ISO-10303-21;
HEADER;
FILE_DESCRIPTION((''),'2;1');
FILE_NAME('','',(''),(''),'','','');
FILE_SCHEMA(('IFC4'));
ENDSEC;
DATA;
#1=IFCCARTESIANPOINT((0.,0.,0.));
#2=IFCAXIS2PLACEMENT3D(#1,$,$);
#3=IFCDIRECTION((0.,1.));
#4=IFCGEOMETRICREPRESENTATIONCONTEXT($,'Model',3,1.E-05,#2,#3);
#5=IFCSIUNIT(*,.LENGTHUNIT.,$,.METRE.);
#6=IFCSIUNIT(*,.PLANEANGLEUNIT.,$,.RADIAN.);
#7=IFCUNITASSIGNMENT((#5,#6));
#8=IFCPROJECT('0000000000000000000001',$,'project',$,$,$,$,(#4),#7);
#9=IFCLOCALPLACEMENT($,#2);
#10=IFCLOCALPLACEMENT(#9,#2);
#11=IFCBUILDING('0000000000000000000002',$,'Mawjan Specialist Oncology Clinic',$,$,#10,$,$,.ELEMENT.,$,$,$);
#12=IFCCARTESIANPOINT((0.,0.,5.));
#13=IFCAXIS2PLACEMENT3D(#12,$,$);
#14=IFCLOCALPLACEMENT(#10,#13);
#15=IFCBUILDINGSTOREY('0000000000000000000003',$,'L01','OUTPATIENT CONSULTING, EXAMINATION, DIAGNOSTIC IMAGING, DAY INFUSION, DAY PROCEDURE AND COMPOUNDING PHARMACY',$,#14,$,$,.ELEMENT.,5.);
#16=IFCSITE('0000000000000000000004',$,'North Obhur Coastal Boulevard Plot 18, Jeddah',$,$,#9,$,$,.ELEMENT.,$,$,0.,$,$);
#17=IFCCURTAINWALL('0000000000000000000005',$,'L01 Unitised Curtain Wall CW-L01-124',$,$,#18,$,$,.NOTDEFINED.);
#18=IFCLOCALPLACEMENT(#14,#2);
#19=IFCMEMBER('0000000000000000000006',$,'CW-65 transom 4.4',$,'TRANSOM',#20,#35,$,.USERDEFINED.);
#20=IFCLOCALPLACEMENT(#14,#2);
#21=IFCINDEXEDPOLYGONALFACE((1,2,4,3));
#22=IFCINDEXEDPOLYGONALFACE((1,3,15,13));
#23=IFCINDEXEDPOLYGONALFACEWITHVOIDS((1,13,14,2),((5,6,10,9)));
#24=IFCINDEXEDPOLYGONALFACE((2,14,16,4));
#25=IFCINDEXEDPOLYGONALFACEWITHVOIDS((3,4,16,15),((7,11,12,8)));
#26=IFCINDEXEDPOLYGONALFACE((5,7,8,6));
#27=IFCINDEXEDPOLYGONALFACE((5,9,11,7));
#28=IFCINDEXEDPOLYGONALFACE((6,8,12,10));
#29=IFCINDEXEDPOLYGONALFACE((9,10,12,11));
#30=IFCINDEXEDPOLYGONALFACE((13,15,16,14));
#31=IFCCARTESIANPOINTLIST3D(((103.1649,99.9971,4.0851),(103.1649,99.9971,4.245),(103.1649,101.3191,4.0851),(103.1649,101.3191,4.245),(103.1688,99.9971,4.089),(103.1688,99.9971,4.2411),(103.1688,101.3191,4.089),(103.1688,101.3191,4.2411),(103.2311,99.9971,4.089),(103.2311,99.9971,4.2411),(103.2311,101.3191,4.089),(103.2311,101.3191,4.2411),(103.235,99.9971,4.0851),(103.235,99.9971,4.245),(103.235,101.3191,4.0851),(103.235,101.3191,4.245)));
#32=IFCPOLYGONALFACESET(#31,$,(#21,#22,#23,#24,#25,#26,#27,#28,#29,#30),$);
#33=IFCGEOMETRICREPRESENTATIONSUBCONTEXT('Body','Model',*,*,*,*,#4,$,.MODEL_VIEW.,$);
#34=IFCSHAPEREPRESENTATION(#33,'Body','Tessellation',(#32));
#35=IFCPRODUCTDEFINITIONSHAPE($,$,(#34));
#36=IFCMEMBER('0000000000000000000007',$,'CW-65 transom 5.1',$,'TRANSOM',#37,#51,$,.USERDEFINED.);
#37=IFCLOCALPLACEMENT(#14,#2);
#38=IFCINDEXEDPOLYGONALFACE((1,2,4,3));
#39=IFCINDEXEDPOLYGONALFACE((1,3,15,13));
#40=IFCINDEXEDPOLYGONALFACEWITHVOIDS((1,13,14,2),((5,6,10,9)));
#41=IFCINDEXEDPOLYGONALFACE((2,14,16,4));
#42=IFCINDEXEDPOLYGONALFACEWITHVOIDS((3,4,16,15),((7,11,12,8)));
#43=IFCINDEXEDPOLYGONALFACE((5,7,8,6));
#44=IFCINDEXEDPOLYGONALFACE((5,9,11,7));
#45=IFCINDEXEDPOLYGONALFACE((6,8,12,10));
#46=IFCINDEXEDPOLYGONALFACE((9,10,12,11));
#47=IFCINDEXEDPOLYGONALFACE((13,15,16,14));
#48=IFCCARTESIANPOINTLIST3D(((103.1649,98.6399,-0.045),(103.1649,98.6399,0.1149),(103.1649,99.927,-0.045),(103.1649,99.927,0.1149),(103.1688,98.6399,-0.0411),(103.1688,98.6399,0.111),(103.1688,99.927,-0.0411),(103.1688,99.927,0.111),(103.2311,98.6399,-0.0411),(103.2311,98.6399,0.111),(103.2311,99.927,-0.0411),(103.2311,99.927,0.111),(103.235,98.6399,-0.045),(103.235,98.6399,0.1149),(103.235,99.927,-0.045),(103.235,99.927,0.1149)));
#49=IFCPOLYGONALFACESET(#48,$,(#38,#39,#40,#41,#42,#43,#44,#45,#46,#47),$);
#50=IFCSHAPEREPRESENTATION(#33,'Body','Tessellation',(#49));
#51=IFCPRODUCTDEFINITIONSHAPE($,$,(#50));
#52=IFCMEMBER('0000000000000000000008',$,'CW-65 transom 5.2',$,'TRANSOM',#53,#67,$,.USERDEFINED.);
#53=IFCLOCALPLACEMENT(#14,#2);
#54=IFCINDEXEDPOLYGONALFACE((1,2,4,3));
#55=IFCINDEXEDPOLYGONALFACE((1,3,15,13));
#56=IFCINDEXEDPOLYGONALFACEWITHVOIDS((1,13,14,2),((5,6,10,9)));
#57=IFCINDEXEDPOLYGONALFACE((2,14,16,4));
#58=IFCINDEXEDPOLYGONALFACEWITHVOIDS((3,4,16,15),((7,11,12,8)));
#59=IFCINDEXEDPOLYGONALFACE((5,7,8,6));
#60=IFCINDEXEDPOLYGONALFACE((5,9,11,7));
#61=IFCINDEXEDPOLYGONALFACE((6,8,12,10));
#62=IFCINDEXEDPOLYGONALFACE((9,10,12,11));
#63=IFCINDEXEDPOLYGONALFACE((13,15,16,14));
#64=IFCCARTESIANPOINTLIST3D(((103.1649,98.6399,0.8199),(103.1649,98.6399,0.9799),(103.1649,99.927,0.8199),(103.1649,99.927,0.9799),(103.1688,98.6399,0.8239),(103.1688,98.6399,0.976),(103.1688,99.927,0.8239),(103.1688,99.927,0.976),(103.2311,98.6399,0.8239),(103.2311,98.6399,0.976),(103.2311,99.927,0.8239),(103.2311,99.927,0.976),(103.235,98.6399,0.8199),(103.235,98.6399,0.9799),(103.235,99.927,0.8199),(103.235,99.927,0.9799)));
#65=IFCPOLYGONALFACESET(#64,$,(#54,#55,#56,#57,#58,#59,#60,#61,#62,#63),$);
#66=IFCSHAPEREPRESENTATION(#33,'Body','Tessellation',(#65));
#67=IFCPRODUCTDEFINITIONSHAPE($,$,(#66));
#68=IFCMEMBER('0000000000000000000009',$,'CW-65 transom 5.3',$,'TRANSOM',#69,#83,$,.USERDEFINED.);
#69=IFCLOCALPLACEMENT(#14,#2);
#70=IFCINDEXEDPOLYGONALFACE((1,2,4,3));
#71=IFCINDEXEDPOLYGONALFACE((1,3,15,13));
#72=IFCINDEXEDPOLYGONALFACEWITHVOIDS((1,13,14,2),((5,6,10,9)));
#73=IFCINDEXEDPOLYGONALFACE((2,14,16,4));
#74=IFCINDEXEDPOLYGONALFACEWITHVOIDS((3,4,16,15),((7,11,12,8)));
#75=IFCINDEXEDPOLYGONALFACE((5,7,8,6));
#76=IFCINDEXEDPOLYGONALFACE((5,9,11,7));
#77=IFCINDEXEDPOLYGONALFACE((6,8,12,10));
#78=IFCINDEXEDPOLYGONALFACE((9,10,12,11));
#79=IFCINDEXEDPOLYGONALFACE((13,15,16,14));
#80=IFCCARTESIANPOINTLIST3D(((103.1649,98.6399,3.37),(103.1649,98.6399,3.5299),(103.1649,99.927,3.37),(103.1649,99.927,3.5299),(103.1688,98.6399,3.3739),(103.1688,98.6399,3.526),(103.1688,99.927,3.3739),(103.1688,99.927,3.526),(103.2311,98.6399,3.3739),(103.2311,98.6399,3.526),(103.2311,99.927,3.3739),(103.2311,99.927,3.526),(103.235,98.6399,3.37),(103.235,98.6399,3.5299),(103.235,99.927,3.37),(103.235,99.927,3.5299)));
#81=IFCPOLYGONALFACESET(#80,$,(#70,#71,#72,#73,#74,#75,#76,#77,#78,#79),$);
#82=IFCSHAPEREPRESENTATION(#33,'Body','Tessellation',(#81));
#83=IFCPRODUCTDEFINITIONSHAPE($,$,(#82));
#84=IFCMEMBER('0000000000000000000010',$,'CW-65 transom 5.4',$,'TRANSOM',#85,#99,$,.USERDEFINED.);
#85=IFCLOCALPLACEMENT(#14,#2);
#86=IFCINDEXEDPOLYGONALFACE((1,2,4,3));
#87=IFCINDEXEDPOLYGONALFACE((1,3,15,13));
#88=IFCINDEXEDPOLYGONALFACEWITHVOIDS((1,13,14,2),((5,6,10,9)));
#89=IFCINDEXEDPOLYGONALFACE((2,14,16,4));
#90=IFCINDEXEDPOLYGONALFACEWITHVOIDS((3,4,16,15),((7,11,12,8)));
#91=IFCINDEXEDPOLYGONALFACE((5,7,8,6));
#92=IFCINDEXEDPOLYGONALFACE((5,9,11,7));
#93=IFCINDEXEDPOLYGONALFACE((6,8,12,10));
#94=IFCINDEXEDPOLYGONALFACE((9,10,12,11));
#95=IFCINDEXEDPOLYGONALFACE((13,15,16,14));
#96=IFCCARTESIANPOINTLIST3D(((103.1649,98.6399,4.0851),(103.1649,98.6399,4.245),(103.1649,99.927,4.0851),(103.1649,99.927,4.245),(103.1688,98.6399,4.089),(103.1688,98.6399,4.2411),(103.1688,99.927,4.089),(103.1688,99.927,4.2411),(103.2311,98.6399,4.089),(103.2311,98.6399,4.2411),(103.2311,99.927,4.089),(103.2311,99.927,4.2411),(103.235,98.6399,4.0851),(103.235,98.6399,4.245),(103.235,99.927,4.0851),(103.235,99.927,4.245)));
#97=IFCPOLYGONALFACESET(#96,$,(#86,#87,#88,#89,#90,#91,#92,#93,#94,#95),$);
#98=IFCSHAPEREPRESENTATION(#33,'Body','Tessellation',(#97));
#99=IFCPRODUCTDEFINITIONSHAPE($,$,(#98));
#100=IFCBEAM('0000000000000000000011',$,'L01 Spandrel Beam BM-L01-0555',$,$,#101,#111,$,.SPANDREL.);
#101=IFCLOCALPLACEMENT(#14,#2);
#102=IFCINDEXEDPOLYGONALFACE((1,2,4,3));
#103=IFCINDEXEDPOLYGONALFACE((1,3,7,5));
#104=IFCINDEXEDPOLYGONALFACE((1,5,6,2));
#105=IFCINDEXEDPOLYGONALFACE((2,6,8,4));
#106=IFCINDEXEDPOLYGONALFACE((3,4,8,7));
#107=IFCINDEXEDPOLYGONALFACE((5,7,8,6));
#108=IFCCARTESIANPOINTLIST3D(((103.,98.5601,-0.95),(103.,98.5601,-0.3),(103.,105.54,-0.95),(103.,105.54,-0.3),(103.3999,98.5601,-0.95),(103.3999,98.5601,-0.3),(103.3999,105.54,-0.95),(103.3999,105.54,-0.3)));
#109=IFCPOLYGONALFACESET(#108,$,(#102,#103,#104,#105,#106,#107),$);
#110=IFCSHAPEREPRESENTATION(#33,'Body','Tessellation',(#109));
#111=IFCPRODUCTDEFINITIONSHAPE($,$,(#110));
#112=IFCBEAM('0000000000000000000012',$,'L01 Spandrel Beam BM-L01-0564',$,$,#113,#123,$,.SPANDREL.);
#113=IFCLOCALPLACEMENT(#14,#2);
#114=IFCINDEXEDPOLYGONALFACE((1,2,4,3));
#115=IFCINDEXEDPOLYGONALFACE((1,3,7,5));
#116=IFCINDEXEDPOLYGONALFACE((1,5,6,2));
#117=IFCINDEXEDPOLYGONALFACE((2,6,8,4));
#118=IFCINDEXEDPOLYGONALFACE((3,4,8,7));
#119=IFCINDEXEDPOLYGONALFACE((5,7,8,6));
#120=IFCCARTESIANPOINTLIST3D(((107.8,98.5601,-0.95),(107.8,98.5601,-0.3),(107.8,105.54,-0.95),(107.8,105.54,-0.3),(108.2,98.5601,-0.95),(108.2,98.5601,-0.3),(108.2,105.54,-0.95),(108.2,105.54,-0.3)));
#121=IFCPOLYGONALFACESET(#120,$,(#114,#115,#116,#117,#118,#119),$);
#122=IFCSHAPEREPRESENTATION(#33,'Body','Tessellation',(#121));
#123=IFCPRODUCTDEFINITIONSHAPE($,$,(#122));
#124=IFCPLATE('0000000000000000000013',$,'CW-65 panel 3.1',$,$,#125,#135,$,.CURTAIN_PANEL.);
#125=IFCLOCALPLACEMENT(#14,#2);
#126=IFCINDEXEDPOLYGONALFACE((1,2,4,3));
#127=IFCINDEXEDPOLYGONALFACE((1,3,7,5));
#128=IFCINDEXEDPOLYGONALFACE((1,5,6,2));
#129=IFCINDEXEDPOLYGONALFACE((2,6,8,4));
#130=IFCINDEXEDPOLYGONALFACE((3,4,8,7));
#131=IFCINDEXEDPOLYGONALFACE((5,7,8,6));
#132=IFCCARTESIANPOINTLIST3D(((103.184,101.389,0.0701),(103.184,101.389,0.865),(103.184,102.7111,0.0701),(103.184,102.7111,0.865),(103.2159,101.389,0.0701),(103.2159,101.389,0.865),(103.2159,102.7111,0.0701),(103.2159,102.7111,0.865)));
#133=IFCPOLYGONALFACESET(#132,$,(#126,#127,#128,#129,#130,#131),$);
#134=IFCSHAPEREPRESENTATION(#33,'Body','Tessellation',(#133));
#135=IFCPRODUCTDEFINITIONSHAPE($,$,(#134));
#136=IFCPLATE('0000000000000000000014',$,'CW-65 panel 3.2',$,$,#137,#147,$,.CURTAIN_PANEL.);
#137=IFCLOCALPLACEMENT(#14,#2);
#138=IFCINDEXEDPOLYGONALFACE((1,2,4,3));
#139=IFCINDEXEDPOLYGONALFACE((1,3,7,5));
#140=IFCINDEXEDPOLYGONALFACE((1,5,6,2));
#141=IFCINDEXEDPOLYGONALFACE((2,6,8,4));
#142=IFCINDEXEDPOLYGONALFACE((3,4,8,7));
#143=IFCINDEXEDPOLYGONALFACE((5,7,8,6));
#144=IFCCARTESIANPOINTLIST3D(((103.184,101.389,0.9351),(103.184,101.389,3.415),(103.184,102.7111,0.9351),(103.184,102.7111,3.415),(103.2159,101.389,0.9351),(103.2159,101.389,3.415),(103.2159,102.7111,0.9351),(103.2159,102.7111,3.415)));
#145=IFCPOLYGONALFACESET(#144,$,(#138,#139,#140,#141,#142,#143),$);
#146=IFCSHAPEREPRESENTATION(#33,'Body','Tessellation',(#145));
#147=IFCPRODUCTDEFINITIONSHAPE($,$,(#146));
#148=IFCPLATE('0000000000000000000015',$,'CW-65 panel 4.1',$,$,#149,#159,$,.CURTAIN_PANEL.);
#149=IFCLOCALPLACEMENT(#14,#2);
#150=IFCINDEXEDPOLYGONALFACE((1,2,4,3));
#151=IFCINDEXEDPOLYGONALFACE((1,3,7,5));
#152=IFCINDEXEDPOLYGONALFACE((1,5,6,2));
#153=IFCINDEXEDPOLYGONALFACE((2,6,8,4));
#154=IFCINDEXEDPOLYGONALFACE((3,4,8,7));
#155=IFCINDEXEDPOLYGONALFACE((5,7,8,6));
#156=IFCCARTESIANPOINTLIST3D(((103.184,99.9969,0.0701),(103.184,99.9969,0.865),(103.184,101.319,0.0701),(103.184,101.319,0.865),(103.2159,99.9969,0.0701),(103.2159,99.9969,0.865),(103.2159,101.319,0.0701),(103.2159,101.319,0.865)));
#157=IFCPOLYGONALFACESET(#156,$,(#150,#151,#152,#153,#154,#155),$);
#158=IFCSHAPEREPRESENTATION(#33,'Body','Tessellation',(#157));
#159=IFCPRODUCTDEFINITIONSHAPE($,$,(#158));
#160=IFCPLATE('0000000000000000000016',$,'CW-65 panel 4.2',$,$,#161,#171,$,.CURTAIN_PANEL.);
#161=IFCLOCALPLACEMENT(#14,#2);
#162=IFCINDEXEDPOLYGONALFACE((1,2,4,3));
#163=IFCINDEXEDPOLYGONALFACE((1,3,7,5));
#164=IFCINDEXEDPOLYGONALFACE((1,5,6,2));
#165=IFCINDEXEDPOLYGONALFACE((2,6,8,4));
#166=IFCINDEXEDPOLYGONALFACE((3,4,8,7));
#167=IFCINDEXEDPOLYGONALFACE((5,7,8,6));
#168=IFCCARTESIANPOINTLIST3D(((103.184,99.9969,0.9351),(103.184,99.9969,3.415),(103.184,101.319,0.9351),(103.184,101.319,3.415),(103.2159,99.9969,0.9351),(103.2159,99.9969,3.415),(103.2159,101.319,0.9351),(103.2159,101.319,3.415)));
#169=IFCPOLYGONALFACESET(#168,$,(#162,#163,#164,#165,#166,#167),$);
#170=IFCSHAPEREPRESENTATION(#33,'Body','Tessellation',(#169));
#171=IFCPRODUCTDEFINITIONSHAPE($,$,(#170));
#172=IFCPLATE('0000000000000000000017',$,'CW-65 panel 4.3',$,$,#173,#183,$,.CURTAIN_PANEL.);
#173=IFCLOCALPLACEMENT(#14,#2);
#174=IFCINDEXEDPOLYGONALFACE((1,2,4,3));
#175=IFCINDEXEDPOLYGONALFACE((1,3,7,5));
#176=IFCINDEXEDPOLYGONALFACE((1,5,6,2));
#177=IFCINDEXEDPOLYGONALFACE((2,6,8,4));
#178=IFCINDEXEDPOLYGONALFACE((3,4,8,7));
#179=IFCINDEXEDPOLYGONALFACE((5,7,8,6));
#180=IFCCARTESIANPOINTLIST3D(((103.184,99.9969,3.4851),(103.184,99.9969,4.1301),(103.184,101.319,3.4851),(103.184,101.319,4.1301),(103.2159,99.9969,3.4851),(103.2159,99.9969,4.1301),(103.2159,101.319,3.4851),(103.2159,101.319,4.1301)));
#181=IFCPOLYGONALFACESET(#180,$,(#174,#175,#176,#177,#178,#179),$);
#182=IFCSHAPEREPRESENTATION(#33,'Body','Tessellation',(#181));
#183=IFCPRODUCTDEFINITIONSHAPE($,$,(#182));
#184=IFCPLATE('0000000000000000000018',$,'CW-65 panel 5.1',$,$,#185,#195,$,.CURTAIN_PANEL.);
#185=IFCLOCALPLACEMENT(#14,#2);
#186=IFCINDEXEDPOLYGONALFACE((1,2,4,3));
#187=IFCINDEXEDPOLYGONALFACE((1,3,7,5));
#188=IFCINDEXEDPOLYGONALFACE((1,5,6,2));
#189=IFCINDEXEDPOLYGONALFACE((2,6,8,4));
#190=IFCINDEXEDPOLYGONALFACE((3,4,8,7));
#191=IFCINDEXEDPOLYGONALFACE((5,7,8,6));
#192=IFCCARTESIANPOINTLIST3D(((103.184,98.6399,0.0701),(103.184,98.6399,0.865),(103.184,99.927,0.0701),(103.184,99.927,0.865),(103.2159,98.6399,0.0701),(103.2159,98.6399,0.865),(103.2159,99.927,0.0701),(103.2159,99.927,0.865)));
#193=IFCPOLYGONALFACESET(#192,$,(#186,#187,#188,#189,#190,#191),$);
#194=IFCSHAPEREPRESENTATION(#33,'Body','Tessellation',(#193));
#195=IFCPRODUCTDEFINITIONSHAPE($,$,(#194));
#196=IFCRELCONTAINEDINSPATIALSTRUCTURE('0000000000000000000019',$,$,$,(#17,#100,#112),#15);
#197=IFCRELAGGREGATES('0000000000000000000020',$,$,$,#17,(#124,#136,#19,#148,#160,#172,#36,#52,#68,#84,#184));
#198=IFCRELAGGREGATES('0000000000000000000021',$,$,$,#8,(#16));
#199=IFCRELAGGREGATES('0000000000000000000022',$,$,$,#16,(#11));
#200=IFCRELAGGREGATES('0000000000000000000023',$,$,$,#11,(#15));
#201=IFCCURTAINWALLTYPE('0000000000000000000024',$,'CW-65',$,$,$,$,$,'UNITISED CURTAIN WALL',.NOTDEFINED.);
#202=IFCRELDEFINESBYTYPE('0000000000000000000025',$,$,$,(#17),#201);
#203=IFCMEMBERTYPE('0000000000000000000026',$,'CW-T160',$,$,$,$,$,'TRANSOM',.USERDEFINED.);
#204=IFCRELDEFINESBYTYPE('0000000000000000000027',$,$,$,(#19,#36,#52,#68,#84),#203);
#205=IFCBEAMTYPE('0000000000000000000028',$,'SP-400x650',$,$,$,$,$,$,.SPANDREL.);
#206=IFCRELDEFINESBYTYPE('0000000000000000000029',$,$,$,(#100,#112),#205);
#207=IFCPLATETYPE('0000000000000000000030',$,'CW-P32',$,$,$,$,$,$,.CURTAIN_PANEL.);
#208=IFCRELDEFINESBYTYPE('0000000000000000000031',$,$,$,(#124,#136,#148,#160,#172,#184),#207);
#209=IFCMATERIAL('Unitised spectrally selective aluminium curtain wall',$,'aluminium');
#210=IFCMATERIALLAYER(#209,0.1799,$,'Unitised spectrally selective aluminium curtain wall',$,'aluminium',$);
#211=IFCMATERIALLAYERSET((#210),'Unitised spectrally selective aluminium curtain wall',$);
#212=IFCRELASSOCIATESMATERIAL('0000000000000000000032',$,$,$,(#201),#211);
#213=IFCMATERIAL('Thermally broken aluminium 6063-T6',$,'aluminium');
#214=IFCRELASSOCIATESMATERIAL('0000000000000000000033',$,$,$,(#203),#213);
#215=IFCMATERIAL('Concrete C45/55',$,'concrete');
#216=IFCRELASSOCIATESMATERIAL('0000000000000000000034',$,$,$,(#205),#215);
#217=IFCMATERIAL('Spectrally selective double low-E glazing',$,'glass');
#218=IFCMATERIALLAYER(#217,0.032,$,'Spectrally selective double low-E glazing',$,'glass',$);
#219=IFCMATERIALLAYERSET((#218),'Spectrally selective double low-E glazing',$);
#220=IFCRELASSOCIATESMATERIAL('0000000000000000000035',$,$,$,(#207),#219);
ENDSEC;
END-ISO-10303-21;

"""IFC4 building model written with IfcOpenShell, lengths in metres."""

from ifc_helpers import new_model, si_unit, direction, frame, origin, origin_2d, place, context, subcontext, project, spatial, rectangle, hollow_rectangle, extrude, material, layer, layer_set, material_profile, profile_set, type_object, element, aggregate, save


model = new_model("IFC4")

# Units and contexts
model_context = context("Model", 3, precision=1e-05, world=origin(), true_north=direction((0.0, 1.0)))
body_context = subcontext(model_context, "Body", "Model", "MODEL_VIEW")
ifc_project = project(units=[si_unit("LENGTHUNIT", "METRE"), si_unit("PLANEANGLEUNIT", "RADIAN")], contexts=[model_context])

# Site, building, storey
site_placement = place(None, origin())
site = spatial("IfcSite", under=ifc_project, at=site_placement, Name="North Obhur Coastal Boulevard Plot 18, Jeddah", CompositionType="ELEMENT", RefElevation=0.0)
building_placement = place(site_placement, origin())
building = spatial("IfcBuilding", under=site, at=building_placement, Name="Mawjan Specialist Oncology Clinic", CompositionType="ELEMENT")
storey_placement = place(building_placement, frame((0.0, 0.0, 5.0)))
storey = spatial("IfcBuildingStorey", under=building, at=storey_placement, Name="L01", Description="OUTPATIENT CONSULTING, EXAMINATION, DIAGNOSTIC IMAGING, DAY INFUSION, DAY PROCEDURE AND COMPOUNDING PHARMACY", CompositionType="ELEMENT", Elevation=5.0)

# Curtain wall, members
ifc_material_1 = material(Name="Unitised spectrally selective aluminium curtain wall", Category="aluminium")
ifc_layer_1 = layer(ifc_material_1, 0.1799, Name="Unitised spectrally selective aluminium curtain wall", Category="aluminium")
ifc_layer_set_1 = layer_set([ifc_layer_1], Name="Unitised spectrally selective aluminium curtain wall")
curtain_wall_type = type_object("IfcCurtainWallType", Name="CW-65", ElementType="UNITISED CURTAIN WALL", PredefinedType="NOTDEFINED", material=ifc_layer_set_1)
curtain_wall_placement = place(storey_placement, origin())
curtain_wall = element("IfcCurtainWall", 1, at=curtain_wall_placement, inside=storey, type_object=curtain_wall_type, Name="L01 Unitised Curtain Wall CW-L01-124", PredefinedType="NOTDEFINED")
ifc_material_2 = material(Name="Thermally broken aluminium 6063-T6", Category="aluminium")
ifc_material_profile_1 = material_profile(ifc_material_2, hollow_rectangle(XDim=0.0701, YDim=0.1599, WallThickness=0.0039, at=origin_2d()), Name="ALU TRANSOM 160x70x4", Category="aluminium")
ifc_profile_set_1 = profile_set([ifc_material_profile_1], Name="Thermally broken aluminium 6063-T6")
member_type_1 = type_object("IfcMemberType", Name="CW-T160", ElementType="TRANSOM", PredefinedType="USERDEFINED", material=ifc_profile_set_1)
member_1_placement = place(storey_placement, frame((103.2, 101.3191, 4.165), z_axis=(0.0, -1.0, 0.0), x_axis=(1.0, 0.0, 0.0)))
member_1 = element("IfcMember", 2, at=member_1_placement, type_object=member_type_1, Name="CW-65 transom 4.4", ObjectType="TRANSOM", PredefinedType="USERDEFINED", context=body_context, shape_type="SweptSolid", body=[
    extrude(hollow_rectangle(XDim=0.0701, YDim=0.1599, WallThickness=0.0039, at=origin_2d()), origin(), (0.0, 0.0, 1.0), 1.322),
])
member_2_placement = place(storey_placement, frame((103.2, 99.927, 0.0349), z_axis=(0.0, -1.0, 0.0), x_axis=(1.0, 0.0, 0.0)))
member_2 = element("IfcMember", 3, at=member_2_placement, type_object=member_type_1, Name="CW-65 transom 5.1", ObjectType="TRANSOM", PredefinedType="USERDEFINED", context=body_context, shape_type="SweptSolid", body=[
    extrude(hollow_rectangle(XDim=0.0701, YDim=0.1599, WallThickness=0.0039, at=origin_2d()), origin(), (0.0, 0.0, 1.0), 1.2871),
])
member_3_placement = place(storey_placement, frame((103.2, 99.927, 0.8999), z_axis=(0.0, -1.0, 0.0), x_axis=(1.0, 0.0, 0.0)))
member_3 = element("IfcMember", 4, at=member_3_placement, type_object=member_type_1, Name="CW-65 transom 5.2", ObjectType="TRANSOM", PredefinedType="USERDEFINED", context=body_context, shape_type="SweptSolid", body=[
    extrude(hollow_rectangle(XDim=0.0701, YDim=0.1599, WallThickness=0.0039, at=origin_2d()), origin(), (0.0, 0.0, 1.0), 1.2871),
])
member_4_placement = place(storey_placement, frame((103.2, 99.927, 3.45), z_axis=(0.0, -1.0, 0.0), x_axis=(1.0, 0.0, 0.0)))
member_4 = element("IfcMember", 5, at=member_4_placement, type_object=member_type_1, Name="CW-65 transom 5.3", ObjectType="TRANSOM", PredefinedType="USERDEFINED", context=body_context, shape_type="SweptSolid", body=[
    extrude(hollow_rectangle(XDim=0.0701, YDim=0.1599, WallThickness=0.0039, at=origin_2d()), origin(), (0.0, 0.0, 1.0), 1.2871),
])
member_5_placement = place(storey_placement, frame((103.2, 99.927, 4.165), z_axis=(0.0, -1.0, 0.0), x_axis=(1.0, 0.0, 0.0)))
member_5 = element("IfcMember", 6, at=member_5_placement, type_object=member_type_1, Name="CW-65 transom 5.4", ObjectType="TRANSOM", PredefinedType="USERDEFINED", context=body_context, shape_type="SweptSolid", body=[
    extrude(hollow_rectangle(XDim=0.0701, YDim=0.1599, WallThickness=0.0039, at=origin_2d()), origin(), (0.0, 0.0, 1.0), 1.2871),
])

# Beams
ifc_material_3 = material(Name="Concrete C45/55", Category="concrete")
ifc_material_profile_2 = material_profile(ifc_material_3, rectangle(XDim=0.3999, YDim=0.6499, at=origin_2d()), Name="RC BM 400x650", Category="concrete")
ifc_profile_set_2 = profile_set([ifc_material_profile_2], Name="Concrete C45/55")
beam_type_1 = type_object("IfcBeamType", Name="SP-400x650", PredefinedType="SPANDREL", material=ifc_profile_set_2)
for number, where, z_axis, x_axis, name in (
    (7, (103.2, 98.5601, -0.625), (0.0, 1.0, 0.0), (-1.0, 0.0, 0.0), "L01 Spandrel Beam BM-L01-0555"),
    (8, (108.0, 98.5601, -0.625), (0.0, 1.0, 0.0), (-1.0, 0.0, 0.0), "L01 Spandrel Beam BM-L01-0564"),
):
    element("IfcBeam", number, at=place(storey_placement, frame(where, z_axis=z_axis, x_axis=x_axis)), inside=storey, type_object=beam_type_1, Name=name, PredefinedType="SPANDREL", context=body_context, shape_type="SweptSolid", body=[
        extrude(rectangle(XDim=0.3999, YDim=0.6499, at=origin_2d()), origin(), (0.0, 0.0, 1.0), 6.98),
    ])

# Plates
ifc_material_4 = material(Name="Spectrally selective double low-E glazing", Category="glass")
ifc_layer_2 = layer(ifc_material_4, 0.032, Name="Spectrally selective double low-E glazing", Category="glass")
ifc_layer_set_2 = layer_set([ifc_layer_2], Name="Spectrally selective double low-E glazing")
plate_type = type_object("IfcPlateType", Name="CW-P32", PredefinedType="CURTAIN_PANEL", material=ifc_layer_set_2)
plate_1_placement = place(storey_placement, frame((103.2, 102.05, 0.0701), z_axis=(0.0, 0.0, 1.0), x_axis=(0.0, -1.0, 0.0)))
plate_1 = element("IfcPlate", 9, at=plate_1_placement, type_object=plate_type, Name="CW-65 panel 3.1", PredefinedType="CURTAIN_PANEL", context=body_context, shape_type="SweptSolid", body=[
    extrude(rectangle(XDim=1.322, YDim=0.032, at=origin_2d()), origin(), (0.0, 0.0, 1.0), 0.7949),
])
plate_2_placement = place(storey_placement, frame((103.2, 102.05, 0.9351), z_axis=(0.0, 0.0, 1.0), x_axis=(0.0, -1.0, 0.0)))
plate_2 = element("IfcPlate", 10, at=plate_2_placement, type_object=plate_type, Name="CW-65 panel 3.2", PredefinedType="CURTAIN_PANEL", context=body_context, shape_type="SweptSolid", body=[
    extrude(rectangle(XDim=1.322, YDim=0.032, at=origin_2d()), origin(), (0.0, 0.0, 1.0), 2.48),
])
plate_3_placement = place(storey_placement, frame((103.2, 100.658, 0.0701), z_axis=(0.0, 0.0, 1.0), x_axis=(0.0, -1.0, 0.0)))
plate_3 = element("IfcPlate", 11, at=plate_3_placement, type_object=plate_type, Name="CW-65 panel 4.1", PredefinedType="CURTAIN_PANEL", context=body_context, shape_type="SweptSolid", body=[
    extrude(rectangle(XDim=1.322, YDim=0.032, at=origin_2d()), origin(), (0.0, 0.0, 1.0), 0.7949),
])
plate_4_placement = place(storey_placement, frame((103.2, 100.658, 0.9351), z_axis=(0.0, 0.0, 1.0), x_axis=(0.0, -1.0, 0.0)))
plate_4 = element("IfcPlate", 12, at=plate_4_placement, type_object=plate_type, Name="CW-65 panel 4.2", PredefinedType="CURTAIN_PANEL", context=body_context, shape_type="SweptSolid", body=[
    extrude(rectangle(XDim=1.322, YDim=0.032, at=origin_2d()), origin(), (0.0, 0.0, 1.0), 2.48),
])
plate_5_placement = place(storey_placement, frame((103.2, 100.658, 3.4851), z_axis=(0.0, 0.0, 1.0), x_axis=(0.0, -1.0, 0.0)))
plate_5 = element("IfcPlate", 13, at=plate_5_placement, type_object=plate_type, Name="CW-65 panel 4.3", PredefinedType="CURTAIN_PANEL", context=body_context, shape_type="SweptSolid", body=[
    extrude(rectangle(XDim=1.322, YDim=0.032, at=origin_2d()), origin(), (0.0, 0.0, 1.0), 0.645),
])
plate_6_placement = place(storey_placement, frame((103.2, 99.2834, 0.0701), z_axis=(0.0, 0.0, 1.0), x_axis=(0.0, -1.0, 0.0)))
plate_6 = element("IfcPlate", 14, at=plate_6_placement, type_object=plate_type, Name="CW-65 panel 5.1", PredefinedType="CURTAIN_PANEL", context=body_context, shape_type="SweptSolid", body=[
    extrude(rectangle(XDim=1.2871, YDim=0.032, at=origin_2d()), origin(), (0.0, 0.0, 1.0), 0.7949),
])
aggregate(curtain_wall, [plate_1, plate_2, member_1, plate_3, plate_4, plate_5, member_2, member_3, member_4, member_5, plate_6])

save(model, "model.ifc")
